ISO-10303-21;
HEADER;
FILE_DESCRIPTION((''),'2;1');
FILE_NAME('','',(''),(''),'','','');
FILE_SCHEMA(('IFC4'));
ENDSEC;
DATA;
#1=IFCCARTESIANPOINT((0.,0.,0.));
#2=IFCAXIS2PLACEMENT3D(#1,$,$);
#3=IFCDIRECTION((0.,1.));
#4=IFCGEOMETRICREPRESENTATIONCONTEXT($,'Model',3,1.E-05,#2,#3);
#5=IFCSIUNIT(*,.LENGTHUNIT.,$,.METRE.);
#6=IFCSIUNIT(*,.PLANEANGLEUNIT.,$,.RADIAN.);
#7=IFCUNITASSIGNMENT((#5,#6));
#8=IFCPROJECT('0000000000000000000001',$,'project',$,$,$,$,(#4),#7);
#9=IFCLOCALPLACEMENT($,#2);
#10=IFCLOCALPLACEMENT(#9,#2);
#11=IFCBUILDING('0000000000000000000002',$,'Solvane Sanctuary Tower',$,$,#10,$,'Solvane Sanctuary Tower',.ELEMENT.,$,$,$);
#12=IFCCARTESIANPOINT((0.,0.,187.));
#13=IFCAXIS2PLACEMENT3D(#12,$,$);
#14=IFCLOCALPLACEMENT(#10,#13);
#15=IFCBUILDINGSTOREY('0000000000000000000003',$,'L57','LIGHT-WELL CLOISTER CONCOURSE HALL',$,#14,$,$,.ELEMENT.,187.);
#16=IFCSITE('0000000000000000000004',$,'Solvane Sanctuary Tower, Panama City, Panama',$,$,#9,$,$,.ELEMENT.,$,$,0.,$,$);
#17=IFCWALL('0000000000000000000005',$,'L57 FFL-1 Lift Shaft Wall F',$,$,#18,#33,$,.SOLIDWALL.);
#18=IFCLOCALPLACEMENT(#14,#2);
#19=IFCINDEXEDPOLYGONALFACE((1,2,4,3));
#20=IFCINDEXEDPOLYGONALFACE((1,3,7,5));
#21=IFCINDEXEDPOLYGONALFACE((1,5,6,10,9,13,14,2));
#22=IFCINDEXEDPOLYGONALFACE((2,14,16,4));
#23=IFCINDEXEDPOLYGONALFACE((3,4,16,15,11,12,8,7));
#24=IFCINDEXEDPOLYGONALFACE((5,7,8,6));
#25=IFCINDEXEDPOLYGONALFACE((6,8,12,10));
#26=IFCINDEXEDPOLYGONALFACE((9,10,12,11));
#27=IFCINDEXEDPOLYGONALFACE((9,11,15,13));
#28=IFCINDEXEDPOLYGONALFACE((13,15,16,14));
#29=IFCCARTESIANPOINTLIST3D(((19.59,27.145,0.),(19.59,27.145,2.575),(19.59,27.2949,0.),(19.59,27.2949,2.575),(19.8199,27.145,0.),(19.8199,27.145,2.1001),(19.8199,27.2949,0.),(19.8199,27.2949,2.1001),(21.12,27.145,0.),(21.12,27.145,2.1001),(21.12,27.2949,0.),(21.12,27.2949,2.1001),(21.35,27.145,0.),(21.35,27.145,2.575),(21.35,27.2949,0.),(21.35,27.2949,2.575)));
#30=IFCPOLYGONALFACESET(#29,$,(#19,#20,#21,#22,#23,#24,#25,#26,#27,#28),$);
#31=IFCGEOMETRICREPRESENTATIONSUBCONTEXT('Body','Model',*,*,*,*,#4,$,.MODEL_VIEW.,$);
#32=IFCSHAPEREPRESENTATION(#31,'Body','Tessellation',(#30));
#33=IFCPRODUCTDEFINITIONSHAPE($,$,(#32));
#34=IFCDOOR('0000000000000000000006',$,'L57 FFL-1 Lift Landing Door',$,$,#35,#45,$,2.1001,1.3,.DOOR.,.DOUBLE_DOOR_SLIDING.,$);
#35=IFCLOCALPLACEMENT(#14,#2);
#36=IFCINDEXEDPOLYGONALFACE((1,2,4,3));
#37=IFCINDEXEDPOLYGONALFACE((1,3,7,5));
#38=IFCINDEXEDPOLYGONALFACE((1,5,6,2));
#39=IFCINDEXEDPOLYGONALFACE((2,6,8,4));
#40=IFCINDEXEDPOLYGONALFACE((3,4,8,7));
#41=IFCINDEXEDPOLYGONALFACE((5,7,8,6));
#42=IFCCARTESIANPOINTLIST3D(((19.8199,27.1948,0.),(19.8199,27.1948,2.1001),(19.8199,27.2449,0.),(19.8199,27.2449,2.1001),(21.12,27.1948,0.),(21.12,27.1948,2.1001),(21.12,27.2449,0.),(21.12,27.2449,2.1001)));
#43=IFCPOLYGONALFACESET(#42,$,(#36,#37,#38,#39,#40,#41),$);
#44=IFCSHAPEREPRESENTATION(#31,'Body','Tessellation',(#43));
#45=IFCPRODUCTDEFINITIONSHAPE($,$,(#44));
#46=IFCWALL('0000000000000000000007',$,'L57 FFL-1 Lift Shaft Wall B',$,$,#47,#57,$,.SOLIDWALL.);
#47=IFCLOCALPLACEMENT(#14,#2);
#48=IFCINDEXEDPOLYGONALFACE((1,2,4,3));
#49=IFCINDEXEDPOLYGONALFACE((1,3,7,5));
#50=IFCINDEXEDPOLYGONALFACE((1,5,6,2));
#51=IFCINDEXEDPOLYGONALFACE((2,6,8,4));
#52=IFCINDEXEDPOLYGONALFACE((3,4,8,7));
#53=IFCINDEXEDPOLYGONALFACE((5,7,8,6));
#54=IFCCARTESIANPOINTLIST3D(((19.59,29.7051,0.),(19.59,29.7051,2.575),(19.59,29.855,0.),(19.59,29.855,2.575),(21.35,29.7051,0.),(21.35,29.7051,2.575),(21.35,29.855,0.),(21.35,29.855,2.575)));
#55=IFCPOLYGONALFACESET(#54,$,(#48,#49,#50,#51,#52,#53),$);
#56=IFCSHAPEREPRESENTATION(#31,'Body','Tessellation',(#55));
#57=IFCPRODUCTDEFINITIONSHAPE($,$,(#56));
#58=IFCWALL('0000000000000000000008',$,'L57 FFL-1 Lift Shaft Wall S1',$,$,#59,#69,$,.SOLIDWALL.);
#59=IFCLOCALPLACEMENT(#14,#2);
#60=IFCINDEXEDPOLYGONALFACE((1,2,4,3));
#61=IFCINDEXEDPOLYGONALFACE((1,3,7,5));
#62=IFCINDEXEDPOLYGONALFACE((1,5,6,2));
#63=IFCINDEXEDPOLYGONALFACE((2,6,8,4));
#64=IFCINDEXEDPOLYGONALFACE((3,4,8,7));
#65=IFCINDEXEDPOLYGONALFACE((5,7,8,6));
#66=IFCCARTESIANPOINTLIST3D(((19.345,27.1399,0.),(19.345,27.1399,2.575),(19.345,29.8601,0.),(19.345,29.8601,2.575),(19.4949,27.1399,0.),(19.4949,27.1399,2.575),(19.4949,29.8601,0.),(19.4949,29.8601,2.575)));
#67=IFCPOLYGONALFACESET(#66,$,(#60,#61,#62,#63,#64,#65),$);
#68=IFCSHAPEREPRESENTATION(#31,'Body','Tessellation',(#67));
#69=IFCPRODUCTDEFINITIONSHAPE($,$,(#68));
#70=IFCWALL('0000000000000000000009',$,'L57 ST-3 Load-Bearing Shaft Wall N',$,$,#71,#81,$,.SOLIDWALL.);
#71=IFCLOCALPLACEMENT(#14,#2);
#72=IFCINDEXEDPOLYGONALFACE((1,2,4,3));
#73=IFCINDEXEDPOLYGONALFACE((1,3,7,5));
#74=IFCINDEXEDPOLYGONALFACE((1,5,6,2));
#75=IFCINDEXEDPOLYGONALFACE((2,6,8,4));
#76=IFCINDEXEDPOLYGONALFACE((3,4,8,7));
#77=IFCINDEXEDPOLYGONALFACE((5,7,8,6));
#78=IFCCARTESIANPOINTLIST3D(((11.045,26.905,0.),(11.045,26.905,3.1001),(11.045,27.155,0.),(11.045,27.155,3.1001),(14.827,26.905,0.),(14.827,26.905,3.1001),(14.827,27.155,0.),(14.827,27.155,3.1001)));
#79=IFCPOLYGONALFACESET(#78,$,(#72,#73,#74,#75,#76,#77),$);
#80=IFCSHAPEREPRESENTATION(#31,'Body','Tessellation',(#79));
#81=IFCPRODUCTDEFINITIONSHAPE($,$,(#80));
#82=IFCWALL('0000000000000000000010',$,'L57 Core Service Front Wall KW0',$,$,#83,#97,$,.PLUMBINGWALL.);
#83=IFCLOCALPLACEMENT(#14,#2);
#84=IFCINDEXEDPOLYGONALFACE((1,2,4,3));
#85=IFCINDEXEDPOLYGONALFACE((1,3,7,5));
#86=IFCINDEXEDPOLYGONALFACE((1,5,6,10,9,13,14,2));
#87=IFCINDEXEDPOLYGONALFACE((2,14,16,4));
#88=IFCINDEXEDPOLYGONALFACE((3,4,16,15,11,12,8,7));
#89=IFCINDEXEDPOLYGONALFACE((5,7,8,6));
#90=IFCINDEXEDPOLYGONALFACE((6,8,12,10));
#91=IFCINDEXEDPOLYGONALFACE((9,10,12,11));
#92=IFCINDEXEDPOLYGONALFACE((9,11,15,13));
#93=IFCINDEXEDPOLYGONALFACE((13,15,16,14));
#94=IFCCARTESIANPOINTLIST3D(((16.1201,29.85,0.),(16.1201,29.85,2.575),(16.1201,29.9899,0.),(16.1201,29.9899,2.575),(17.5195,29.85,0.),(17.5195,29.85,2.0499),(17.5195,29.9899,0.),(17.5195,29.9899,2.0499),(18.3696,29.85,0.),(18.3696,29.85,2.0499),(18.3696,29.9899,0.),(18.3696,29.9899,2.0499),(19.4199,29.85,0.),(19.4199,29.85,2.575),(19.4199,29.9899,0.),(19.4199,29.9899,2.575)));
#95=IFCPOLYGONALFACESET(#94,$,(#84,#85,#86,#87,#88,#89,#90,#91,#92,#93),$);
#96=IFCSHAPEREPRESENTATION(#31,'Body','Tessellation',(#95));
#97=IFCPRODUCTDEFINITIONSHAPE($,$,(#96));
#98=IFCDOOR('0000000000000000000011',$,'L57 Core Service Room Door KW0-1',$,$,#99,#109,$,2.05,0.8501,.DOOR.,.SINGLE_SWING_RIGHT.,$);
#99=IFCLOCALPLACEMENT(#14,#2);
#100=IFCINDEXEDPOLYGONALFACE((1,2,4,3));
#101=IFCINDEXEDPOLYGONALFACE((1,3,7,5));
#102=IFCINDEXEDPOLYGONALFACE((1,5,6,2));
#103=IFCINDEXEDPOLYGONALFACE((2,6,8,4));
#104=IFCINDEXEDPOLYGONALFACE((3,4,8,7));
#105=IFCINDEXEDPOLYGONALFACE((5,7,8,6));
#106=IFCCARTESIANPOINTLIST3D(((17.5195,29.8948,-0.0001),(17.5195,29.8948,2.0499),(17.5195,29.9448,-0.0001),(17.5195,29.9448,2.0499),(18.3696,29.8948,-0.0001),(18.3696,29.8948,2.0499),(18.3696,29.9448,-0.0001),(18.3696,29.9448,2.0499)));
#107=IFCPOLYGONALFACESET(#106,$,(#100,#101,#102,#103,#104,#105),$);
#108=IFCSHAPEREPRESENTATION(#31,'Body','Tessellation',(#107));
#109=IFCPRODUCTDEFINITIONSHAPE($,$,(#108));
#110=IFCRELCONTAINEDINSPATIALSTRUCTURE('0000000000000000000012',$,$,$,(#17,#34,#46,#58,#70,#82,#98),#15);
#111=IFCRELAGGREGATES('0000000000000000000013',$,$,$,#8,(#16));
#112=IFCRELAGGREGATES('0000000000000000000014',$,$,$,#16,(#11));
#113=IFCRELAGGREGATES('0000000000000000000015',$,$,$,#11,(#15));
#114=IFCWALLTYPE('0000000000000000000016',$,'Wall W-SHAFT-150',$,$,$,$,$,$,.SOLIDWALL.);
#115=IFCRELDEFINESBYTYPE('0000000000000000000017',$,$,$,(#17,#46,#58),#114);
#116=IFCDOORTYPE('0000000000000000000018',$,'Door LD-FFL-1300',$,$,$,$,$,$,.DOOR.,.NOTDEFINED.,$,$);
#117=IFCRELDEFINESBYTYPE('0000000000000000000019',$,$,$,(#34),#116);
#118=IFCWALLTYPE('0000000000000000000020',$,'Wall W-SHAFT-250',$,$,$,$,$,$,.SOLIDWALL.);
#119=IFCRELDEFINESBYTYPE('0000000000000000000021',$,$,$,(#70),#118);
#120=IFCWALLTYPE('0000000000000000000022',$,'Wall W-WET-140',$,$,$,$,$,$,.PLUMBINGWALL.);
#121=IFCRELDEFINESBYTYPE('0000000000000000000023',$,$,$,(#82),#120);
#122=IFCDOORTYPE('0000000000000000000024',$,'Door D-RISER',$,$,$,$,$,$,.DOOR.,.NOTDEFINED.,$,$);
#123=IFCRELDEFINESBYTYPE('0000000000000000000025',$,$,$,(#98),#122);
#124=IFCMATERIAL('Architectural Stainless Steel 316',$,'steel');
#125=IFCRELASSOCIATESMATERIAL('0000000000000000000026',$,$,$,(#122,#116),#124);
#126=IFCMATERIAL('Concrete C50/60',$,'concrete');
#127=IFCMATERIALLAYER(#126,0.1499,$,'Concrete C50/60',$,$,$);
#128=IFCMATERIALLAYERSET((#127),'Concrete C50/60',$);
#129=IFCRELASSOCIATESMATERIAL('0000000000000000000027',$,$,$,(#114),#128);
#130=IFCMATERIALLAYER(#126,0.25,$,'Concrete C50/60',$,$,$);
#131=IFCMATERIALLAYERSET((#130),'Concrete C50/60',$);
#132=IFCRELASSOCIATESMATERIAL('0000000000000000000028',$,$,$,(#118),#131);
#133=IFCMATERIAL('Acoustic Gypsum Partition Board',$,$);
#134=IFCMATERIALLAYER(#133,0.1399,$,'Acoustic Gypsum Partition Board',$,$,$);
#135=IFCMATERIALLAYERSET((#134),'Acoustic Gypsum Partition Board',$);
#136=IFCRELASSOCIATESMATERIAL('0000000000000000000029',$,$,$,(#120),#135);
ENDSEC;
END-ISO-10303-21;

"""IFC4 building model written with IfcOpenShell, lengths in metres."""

from ifc_helpers import new_model, si_unit, direction, frame, frame_2d, origin, place, context, subcontext, project, spatial, rectangle, extrude, material, layer, layer_set, type_object, element, fill, save


model = new_model("IFC4")

# Units and contexts
model_context = context("Model", 3, precision=1e-05, world=origin(), true_north=direction((0.0, 1.0)))
body_context = subcontext(model_context, "Body", "Model", "MODEL_VIEW")
ifc_project = project(units=[si_unit("LENGTHUNIT", "METRE"), si_unit("PLANEANGLEUNIT", "RADIAN")], contexts=[model_context])

# Site, building, storey
site_placement = place(None, origin())
site = spatial("IfcSite", under=ifc_project, at=site_placement, Name="Solvane Sanctuary Tower, Panama City, Panama", CompositionType="ELEMENT", RefElevation=0.0)
building_placement = place(site_placement, origin())
building = spatial("IfcBuilding", under=site, at=building_placement, Name="Solvane Sanctuary Tower", LongName="Solvane Sanctuary Tower", CompositionType="ELEMENT")
storey_placement = place(building_placement, frame((0.0, 0.0, 187.0)))
storey = spatial("IfcBuildingStorey", under=building, at=storey_placement, Name="L57", Description="LIGHT-WELL CLOISTER CONCOURSE HALL", CompositionType="ELEMENT", Elevation=187.0)

# Shared definitions
ifc_material_1 = material(Name="Acoustic Gypsum Partition Board")

# Shared definitions
ifc_material_2 = material(Name="Architectural Stainless Steel 316", Category="steel")
door_type_1 = type_object("IfcDoorType", Name="Door D-RISER", OperationType="NOTDEFINED", PredefinedType="DOOR", material=ifc_material_2)

# Wall, opening, door
ifc_material_3 = material(Name="Concrete C50/60", Category="concrete")
ifc_layer_1 = layer(ifc_material_3, 0.1499, Name="Concrete C50/60")
ifc_layer_set_1 = layer_set([ifc_layer_1], Name="Concrete C50/60")
wall_type_1 = type_object("IfcWallType", Name="Wall W-SHAFT-150", PredefinedType="SOLIDWALL", material=ifc_layer_set_1)
wall_1_placement = place(storey_placement, frame((19.5901, 27.22, 0.0), z_axis=(0.0, 0.0, 1.0), x_axis=(1.0, 0.0, 0.0)))
wall_1 = element("IfcWall", 1, at=wall_1_placement, inside=storey, type_object=wall_type_1, Name="L57 FFL-1 Lift Shaft Wall F", PredefinedType="SOLIDWALL", context=body_context, shape_type="SweptSolid", body=[
    extrude(rectangle(XDim=1.76, YDim=0.1499, at=frame_2d((0.8799, 0.0))), origin(), (0.0, 0.0, 1.0), 2.575),
])
opening_1_placement = place(wall_1_placement, frame((0.23, 0.0, 0.0)))
opening_1 = element("IfcOpeningElement", 2, at=opening_1_placement, cuts=wall_1, PredefinedType="OPENING", context=body_context, shape_type="SweptSolid", body=[
    extrude(rectangle(XDim=1.3, YDim=2.1001, at=frame_2d((0.6499, 1.05))), frame((0.0, 0.085, 0.0), z_axis=(0.0, -1.0, 0.0), x_axis=(1.0, 0.0, 0.0)), (0.0, 0.0, 1.0), 0.1699),
])
door_type_2 = type_object("IfcDoorType", Name="Door LD-FFL-1300", OperationType="NOTDEFINED", PredefinedType="DOOR", material=ifc_material_2)
door_1_placement = place(opening_1_placement, origin())
door_1 = element("IfcDoor", 3, at=door_1_placement, inside=storey, type_object=door_type_2, Name="L57 FFL-1 Lift Landing Door", OperationType="DOUBLE_DOOR_SLIDING", OverallHeight=2.1001, OverallWidth=1.3, PredefinedType="DOOR", context=body_context, shape_type="SweptSolid", body=[
    extrude(rectangle(XDim=1.3, YDim=2.1001, at=frame_2d((0.6499, 1.05))), frame((0.0, 0.0249, 0.0), z_axis=(0.0, -1.0, 0.0), x_axis=(1.0, 0.0, 0.0)), (0.0, 0.0, 1.0), 0.05),
])
fill(opening_1, door_1)

# Walls
wall_2_placement = place(storey_placement, frame((19.5901, 29.78, 0.0), z_axis=(0.0, 0.0, 1.0), x_axis=(1.0, 0.0, 0.0)))
element("IfcWall", 4, at=wall_2_placement, inside=storey, type_object=wall_type_1, Name="L57 FFL-1 Lift Shaft Wall B", PredefinedType="SOLIDWALL", context=body_context, shape_type="SweptSolid", body=[
    extrude(rectangle(XDim=1.76, YDim=0.1499, at=frame_2d((0.8799, 0.0))), origin(), (0.0, 0.0, 1.0), 2.575),
])
wall_3_placement = place(storey_placement, frame((19.4199, 27.1399, 0.0), z_axis=(0.0, 0.0, 1.0), x_axis=(0.0, 1.0, 0.0)))
element("IfcWall", 5, at=wall_3_placement, inside=storey, type_object=wall_type_1, Name="L57 FFL-1 Lift Shaft Wall S1", PredefinedType="SOLIDWALL", context=body_context, shape_type="SweptSolid", body=[
    extrude(rectangle(XDim=2.7202, YDim=0.1499, at=frame_2d((1.3601, 0.0))), origin(), (0.0, 0.0, 1.0), 2.575),
])
ifc_layer_2 = layer(ifc_material_3, 0.25, Name="Concrete C50/60")
ifc_layer_set_2 = layer_set([ifc_layer_2], Name="Concrete C50/60")
wall_type_2 = type_object("IfcWallType", Name="Wall W-SHAFT-250", PredefinedType="SOLIDWALL", material=ifc_layer_set_2)
wall_4_placement = place(storey_placement, frame((11.0449, 27.03, 0.0), z_axis=(0.0, 0.0, 1.0), x_axis=(1.0, 0.0, 0.0)))
element("IfcWall", 6, at=wall_4_placement, inside=storey, type_object=wall_type_2, Name="L57 ST-3 Load-Bearing Shaft Wall N", PredefinedType="SOLIDWALL", context=body_context, shape_type="SweptSolid", body=[
    extrude(rectangle(XDim=3.782, YDim=0.25, at=frame_2d((1.8911, 0.0))), origin(), (0.0, 0.0, 1.0), 3.1001),
])

# Wall, opening, door
ifc_layer_3 = layer(ifc_material_1, 0.1399, Name="Acoustic Gypsum Partition Board")
ifc_layer_set_3 = layer_set([ifc_layer_3], Name="Acoustic Gypsum Partition Board")
wall_type_3 = type_object("IfcWallType", Name="Wall W-WET-140", PredefinedType="PLUMBINGWALL", material=ifc_layer_set_3)
wall_5_placement = place(storey_placement, frame((16.1201, 29.9199, 0.0), z_axis=(0.0, 0.0, 1.0), x_axis=(1.0, 0.0, 0.0)))
wall_5 = element("IfcWall", 7, at=wall_5_placement, inside=storey, type_object=wall_type_3, Name="L57 Core Service Front Wall KW0", PredefinedType="PLUMBINGWALL", context=body_context, shape_type="SweptSolid", body=[
    extrude(rectangle(XDim=3.2998, YDim=0.1399, at=frame_2d((1.6499, 0.0))), origin(), (0.0, 0.0, 1.0), 2.575),
])
opening_2_placement = place(wall_5_placement, frame((1.3994, 0.0, 0.0)))
opening_2 = element("IfcOpeningElement", 8, at=opening_2_placement, cuts=wall_5, PredefinedType="OPENING", context=body_context, shape_type="SweptSolid", body=[
    extrude(rectangle(XDim=0.8501, YDim=2.05, at=frame_2d((0.425, 1.0249))), frame((0.0, 0.0798, 0.0), z_axis=(0.0, -1.0, 0.0), x_axis=(1.0, 0.0, 0.0)), (0.0, 0.0, 1.0), 0.1599),
])
door_2_placement = place(opening_2_placement, origin())
door_2 = element("IfcDoor", 9, at=door_2_placement, inside=storey, type_object=door_type_1, Name="L57 Core Service Room Door KW0-1", OperationType="SINGLE_SWING_RIGHT", OverallHeight=2.05, OverallWidth=0.8501, PredefinedType="DOOR", context=body_context, shape_type="SweptSolid", body=[
    extrude(rectangle(XDim=0.8501, YDim=2.05, at=frame_2d((0.425, 1.0249))), frame((0.0, 0.0249, 0.0), z_axis=(0.0, -1.0, 0.0), x_axis=(1.0, 0.0, 0.0)), (0.0, 0.0, 1.0), 0.05),
])
fill(opening_2, door_2)

save(model, "model.ifc")
